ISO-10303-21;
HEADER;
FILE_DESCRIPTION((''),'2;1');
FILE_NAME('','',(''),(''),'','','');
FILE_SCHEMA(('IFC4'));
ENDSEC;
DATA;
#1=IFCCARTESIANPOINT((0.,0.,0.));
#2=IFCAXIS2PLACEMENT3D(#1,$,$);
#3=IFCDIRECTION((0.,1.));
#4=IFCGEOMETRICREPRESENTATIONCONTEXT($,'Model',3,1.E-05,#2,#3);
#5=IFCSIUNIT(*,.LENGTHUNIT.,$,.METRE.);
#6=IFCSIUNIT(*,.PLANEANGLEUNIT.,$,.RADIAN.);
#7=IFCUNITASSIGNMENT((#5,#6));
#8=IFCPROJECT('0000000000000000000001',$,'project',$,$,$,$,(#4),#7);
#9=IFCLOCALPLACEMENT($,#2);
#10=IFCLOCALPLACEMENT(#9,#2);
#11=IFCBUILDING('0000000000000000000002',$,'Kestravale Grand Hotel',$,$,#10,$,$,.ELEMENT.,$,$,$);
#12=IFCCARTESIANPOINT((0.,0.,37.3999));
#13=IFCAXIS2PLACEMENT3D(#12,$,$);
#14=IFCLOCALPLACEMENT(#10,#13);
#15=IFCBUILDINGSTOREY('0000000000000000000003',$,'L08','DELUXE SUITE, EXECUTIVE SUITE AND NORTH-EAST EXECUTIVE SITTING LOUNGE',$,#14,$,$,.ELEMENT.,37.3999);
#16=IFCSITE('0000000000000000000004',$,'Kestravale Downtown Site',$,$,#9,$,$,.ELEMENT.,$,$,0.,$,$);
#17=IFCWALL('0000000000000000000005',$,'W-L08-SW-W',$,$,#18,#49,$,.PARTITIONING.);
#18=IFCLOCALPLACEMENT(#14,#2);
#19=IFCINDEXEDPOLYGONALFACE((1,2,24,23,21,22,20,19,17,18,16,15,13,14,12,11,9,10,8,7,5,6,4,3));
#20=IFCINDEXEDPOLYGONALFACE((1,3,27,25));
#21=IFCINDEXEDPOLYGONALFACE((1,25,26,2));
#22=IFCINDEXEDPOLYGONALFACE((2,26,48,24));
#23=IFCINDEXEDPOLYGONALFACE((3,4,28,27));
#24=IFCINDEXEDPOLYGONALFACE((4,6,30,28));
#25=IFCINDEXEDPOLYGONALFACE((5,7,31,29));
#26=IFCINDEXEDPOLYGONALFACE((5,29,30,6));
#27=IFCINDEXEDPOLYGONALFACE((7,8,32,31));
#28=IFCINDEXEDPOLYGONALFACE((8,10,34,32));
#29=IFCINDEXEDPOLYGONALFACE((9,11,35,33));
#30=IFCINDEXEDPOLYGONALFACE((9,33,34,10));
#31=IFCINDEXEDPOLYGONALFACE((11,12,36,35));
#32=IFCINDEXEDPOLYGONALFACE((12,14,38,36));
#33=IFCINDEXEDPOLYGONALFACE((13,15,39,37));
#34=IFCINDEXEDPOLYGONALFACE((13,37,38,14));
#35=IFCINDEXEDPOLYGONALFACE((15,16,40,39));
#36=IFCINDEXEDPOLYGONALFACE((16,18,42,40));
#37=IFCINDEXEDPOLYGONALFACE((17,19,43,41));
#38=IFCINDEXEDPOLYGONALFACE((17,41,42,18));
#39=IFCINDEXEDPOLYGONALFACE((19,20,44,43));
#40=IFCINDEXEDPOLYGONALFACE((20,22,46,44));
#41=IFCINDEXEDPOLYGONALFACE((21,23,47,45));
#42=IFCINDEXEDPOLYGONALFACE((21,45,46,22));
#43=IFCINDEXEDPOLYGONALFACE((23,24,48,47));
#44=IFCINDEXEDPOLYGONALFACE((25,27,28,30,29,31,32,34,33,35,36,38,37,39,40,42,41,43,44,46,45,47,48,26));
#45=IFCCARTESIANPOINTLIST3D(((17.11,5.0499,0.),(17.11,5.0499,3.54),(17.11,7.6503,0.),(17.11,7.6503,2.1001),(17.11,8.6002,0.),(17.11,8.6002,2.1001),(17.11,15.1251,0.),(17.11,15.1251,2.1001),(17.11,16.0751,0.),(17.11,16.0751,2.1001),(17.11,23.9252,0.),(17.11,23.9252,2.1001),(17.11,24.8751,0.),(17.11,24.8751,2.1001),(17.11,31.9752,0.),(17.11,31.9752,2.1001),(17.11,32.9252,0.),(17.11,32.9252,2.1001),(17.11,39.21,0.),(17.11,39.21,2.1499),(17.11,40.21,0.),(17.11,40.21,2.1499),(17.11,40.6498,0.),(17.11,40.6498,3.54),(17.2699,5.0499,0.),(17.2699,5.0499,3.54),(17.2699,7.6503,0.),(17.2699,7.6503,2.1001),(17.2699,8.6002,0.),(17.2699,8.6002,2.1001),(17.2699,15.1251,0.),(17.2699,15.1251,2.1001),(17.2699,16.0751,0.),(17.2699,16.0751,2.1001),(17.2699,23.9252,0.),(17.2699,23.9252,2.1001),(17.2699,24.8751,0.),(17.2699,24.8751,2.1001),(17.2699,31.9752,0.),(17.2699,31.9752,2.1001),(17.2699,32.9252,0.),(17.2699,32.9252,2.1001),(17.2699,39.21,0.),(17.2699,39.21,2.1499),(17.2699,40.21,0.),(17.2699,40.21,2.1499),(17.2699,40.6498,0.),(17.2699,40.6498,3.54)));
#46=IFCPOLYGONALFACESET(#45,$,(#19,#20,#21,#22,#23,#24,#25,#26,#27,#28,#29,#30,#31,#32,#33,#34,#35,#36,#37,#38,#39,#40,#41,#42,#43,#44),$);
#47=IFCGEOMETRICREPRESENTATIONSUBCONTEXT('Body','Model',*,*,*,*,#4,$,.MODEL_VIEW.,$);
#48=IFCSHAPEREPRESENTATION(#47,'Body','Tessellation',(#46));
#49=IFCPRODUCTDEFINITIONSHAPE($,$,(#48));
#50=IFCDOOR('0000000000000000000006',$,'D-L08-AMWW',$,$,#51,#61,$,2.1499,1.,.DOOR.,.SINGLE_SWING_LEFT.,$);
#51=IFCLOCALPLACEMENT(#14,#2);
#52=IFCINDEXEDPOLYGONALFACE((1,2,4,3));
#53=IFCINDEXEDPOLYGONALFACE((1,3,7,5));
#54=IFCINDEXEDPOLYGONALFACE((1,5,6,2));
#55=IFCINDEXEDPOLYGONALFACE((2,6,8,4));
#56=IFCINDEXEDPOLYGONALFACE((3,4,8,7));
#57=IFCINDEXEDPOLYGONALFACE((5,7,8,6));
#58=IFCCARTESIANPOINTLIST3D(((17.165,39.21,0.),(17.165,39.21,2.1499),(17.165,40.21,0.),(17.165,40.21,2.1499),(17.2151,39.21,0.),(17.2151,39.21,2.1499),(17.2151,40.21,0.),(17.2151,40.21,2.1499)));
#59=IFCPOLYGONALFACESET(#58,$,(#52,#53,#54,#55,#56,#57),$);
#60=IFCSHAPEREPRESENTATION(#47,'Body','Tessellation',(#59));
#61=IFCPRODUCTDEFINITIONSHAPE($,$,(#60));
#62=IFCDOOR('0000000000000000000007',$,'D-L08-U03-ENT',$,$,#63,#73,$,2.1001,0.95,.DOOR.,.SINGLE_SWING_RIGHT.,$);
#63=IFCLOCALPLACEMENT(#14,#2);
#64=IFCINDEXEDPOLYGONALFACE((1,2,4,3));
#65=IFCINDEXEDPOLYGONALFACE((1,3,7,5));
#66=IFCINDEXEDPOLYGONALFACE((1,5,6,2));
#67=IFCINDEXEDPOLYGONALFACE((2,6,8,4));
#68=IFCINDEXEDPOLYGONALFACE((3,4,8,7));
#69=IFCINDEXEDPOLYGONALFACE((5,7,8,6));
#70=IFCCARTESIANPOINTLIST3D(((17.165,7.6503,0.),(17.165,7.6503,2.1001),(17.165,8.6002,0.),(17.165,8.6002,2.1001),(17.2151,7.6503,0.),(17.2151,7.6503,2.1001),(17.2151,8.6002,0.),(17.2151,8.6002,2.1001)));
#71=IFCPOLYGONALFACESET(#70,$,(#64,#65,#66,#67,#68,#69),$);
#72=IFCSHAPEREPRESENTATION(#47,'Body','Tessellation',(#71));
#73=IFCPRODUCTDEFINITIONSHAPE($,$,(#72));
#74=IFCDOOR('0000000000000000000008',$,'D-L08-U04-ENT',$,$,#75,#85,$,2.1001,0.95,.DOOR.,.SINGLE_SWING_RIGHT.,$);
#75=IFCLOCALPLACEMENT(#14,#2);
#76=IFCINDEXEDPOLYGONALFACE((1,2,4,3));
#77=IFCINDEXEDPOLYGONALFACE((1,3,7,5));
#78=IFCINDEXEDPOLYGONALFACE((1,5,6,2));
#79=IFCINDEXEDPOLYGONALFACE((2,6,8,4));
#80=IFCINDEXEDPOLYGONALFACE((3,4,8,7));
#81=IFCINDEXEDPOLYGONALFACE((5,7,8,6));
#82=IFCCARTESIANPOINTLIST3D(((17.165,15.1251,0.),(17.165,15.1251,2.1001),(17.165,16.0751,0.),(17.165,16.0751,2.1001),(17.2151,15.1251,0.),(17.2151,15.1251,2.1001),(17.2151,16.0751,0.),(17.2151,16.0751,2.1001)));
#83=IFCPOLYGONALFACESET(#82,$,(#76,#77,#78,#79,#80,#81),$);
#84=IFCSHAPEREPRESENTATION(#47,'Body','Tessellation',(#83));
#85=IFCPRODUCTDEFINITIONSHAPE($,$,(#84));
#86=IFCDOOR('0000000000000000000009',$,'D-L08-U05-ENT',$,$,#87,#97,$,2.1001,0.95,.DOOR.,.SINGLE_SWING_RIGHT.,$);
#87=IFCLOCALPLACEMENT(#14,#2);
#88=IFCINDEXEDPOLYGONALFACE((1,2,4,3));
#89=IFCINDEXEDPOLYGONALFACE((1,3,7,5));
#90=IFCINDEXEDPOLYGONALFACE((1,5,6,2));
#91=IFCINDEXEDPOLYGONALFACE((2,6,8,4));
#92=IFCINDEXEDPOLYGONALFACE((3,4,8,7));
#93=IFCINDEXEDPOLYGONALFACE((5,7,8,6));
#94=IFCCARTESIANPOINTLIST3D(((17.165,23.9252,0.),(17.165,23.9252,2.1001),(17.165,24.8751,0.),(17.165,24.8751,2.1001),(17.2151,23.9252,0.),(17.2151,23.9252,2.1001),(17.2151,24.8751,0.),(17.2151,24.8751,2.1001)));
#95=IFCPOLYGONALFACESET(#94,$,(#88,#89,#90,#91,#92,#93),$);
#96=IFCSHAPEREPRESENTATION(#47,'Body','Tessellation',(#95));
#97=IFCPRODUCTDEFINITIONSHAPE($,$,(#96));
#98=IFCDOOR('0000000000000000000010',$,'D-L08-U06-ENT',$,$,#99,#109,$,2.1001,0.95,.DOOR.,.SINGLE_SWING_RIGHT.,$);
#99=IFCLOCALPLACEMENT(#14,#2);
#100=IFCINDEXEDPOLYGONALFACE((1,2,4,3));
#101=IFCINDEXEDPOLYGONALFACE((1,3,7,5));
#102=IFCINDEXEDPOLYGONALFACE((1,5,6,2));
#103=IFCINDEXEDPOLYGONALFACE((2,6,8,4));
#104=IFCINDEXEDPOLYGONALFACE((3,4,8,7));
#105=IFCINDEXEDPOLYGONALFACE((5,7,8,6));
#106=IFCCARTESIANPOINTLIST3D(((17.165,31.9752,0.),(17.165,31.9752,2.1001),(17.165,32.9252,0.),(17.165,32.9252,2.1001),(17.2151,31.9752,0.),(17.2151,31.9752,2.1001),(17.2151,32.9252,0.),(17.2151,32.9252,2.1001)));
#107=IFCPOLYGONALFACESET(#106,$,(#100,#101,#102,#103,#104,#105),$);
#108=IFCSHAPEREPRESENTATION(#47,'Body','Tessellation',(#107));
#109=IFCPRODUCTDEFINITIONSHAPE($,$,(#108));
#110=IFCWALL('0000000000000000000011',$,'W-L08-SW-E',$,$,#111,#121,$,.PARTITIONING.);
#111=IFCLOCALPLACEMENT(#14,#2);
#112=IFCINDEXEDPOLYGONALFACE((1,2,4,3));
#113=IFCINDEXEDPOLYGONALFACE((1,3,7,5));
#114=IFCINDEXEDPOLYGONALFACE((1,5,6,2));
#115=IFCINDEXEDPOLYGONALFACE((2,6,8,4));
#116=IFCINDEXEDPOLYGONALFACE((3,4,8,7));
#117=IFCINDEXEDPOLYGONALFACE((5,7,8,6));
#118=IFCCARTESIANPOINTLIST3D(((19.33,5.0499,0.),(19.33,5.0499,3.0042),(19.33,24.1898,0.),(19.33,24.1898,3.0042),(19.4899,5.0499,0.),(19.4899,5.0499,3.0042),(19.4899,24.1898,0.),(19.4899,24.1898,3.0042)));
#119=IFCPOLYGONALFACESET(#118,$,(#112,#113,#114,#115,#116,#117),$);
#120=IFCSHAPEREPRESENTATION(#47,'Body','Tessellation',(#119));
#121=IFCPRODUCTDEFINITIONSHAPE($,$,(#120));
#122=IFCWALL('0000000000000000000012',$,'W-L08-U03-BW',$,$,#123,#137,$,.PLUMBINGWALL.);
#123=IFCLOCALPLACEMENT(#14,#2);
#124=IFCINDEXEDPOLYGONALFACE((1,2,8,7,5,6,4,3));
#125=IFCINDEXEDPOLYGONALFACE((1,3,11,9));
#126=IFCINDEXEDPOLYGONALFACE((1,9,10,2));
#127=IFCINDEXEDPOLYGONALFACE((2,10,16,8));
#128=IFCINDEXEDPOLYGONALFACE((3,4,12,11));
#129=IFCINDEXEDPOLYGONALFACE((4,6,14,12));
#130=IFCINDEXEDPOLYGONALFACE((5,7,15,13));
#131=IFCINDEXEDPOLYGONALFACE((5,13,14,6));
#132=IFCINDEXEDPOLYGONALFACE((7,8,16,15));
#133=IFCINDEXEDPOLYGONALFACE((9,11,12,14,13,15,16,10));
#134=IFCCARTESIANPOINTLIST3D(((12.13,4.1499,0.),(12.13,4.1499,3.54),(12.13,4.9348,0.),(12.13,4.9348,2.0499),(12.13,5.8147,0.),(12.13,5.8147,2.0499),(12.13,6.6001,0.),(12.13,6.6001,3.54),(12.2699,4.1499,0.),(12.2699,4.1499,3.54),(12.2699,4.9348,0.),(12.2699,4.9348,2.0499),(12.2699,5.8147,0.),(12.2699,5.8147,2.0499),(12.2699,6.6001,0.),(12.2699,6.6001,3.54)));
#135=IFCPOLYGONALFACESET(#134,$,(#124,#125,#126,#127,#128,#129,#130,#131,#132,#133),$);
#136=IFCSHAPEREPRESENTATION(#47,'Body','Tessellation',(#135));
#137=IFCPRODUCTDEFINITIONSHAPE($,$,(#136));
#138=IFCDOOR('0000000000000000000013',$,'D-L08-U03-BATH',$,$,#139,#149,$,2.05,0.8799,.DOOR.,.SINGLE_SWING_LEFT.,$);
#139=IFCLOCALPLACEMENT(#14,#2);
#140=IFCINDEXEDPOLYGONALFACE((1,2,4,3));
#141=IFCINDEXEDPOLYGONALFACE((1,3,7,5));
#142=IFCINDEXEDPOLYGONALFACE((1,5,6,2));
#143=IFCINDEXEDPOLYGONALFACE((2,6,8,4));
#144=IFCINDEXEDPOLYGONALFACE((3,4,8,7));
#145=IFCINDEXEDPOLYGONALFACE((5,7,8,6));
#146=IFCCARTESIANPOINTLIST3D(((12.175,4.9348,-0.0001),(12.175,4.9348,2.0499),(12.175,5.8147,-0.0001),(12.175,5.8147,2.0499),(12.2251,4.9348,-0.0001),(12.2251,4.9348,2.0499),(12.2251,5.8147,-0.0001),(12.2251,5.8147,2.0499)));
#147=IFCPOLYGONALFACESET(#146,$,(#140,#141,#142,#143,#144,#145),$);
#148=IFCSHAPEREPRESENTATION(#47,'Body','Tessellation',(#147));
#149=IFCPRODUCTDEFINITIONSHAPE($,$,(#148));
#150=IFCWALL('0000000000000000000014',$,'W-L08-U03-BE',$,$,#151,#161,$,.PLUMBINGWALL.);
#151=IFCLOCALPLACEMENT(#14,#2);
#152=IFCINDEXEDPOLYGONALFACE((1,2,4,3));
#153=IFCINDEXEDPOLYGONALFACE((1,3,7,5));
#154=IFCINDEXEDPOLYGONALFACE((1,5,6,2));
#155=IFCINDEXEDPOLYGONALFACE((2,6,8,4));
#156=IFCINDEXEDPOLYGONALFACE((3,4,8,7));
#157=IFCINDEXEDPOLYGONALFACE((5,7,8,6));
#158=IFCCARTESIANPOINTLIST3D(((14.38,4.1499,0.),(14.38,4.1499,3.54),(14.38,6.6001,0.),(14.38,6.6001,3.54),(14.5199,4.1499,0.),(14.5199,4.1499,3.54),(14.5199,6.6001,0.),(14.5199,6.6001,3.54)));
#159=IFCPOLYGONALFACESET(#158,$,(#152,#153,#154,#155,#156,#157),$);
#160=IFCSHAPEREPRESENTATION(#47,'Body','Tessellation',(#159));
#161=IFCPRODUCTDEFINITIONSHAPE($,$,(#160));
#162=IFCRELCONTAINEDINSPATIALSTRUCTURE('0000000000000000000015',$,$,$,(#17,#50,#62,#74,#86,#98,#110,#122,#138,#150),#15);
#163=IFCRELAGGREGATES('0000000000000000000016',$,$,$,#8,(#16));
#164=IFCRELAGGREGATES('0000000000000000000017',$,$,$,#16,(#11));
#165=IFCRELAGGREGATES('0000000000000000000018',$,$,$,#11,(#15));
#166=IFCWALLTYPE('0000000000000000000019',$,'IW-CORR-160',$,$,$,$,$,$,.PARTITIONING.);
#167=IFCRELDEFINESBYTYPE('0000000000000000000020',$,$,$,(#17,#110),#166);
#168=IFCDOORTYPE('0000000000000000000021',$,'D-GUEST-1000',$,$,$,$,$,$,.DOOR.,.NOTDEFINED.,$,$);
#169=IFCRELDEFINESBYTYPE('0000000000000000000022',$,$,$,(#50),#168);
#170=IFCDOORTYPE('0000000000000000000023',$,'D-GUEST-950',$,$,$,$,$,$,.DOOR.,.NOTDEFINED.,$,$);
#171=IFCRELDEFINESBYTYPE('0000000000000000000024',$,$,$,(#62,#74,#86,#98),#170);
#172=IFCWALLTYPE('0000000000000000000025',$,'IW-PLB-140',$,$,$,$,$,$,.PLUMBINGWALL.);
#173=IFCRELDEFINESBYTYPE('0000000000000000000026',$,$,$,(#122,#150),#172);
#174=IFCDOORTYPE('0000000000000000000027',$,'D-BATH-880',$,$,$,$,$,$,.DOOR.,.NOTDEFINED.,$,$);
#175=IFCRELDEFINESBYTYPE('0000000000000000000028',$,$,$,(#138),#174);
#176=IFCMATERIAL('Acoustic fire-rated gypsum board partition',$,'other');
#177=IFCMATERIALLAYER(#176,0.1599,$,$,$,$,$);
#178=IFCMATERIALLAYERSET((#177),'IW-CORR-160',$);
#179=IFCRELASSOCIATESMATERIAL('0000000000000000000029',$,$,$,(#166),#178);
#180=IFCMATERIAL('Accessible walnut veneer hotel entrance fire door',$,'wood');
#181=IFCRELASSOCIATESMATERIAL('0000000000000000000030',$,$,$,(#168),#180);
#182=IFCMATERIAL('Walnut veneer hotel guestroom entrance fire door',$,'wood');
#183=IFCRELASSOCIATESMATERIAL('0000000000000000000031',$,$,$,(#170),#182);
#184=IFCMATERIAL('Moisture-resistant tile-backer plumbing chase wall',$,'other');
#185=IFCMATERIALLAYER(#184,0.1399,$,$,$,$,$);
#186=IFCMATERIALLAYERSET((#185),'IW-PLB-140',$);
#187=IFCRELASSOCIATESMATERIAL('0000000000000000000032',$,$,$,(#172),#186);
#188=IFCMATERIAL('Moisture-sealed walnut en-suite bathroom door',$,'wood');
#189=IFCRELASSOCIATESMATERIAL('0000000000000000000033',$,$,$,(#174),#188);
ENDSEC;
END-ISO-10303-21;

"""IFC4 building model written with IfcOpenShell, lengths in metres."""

from ifc_helpers import new_model, si_unit, direction, frame, frame_2d, origin, place, context, subcontext, project, spatial, rectangle, extrude, material, layer, layer_set, type_object, element, fill, save


model = new_model("IFC4")

# Units and contexts
model_context = context("Model", 3, precision=1e-05, world=origin(), true_north=direction((0.0, 1.0)))
body_context = subcontext(model_context, "Body", "Model", "MODEL_VIEW")
ifc_project = project(units=[si_unit("LENGTHUNIT", "METRE"), si_unit("PLANEANGLEUNIT", "RADIAN")], contexts=[model_context])

# Site, building, storey
site_placement = place(None, origin())
site = spatial("IfcSite", under=ifc_project, at=site_placement, Name="Kestravale Downtown Site", CompositionType="ELEMENT", RefElevation=0.0)
building_placement = place(site_placement, origin())
building = spatial("IfcBuilding", under=site, at=building_placement, Name="Kestravale Grand Hotel", CompositionType="ELEMENT")
storey_placement = place(building_placement, frame((0.0, 0.0, 37.3999)))
storey = spatial("IfcBuildingStorey", under=building, at=storey_placement, Name="L08", Description="DELUXE SUITE, EXECUTIVE SUITE AND NORTH-EAST EXECUTIVE SITTING LOUNGE", CompositionType="ELEMENT", Elevation=37.3999)

# Wall, openings, doors
ifc_material_1 = material(Name="Acoustic fire-rated gypsum board partition", Category="other")
ifc_layer_1 = layer(ifc_material_1, 0.1599)
ifc_layer_set_1 = layer_set([ifc_layer_1], Name="IW-CORR-160")
wall_type_1 = type_object("IfcWallType", Name="IW-CORR-160", PredefinedType="PARTITIONING", material=ifc_layer_set_1)
wall_1_placement = place(storey_placement, frame((17.1899, 5.05, 0.0), z_axis=(0.0, 0.0, 1.0), x_axis=(0.0, 1.0, 0.0)))
wall_1 = element("IfcWall", 1, at=wall_1_placement, inside=storey, type_object=wall_type_1, Name="W-L08-SW-W", PredefinedType="PARTITIONING", context=body_context, shape_type="SweptSolid", body=[
    extrude(rectangle(XDim=35.5999, YDim=0.1599, at=frame_2d((17.7998, 0.0))), origin(), (0.0, 0.0, 1.0), 3.54),
])
opening_1_placement = place(wall_1_placement, frame((2.6001, 0.0, 0.0)))
opening_1 = element("IfcOpeningElement", 2, at=opening_1_placement, cuts=wall_1, PredefinedType="OPENING", context=body_context, shape_type="SweptSolid", body=[
    extrude(rectangle(XDim=0.95, YDim=2.1001, at=frame_2d((0.4751, 1.05))), frame((0.0, 0.0898, 0.0), z_axis=(0.0, -1.0, 0.0), x_axis=(1.0, 0.0, 0.0)), (0.0, 0.0, 1.0), 0.1799),
])
opening_2_placement = place(wall_1_placement, frame((10.075, 0.0, 0.0)))
opening_2 = element("IfcOpeningElement", 3, at=opening_2_placement, cuts=wall_1, PredefinedType="OPENING", context=body_context, shape_type="SweptSolid", body=[
    extrude(rectangle(XDim=0.95, YDim=2.1001, at=frame_2d((0.4751, 1.05))), frame((0.0, 0.0898, 0.0), z_axis=(0.0, -1.0, 0.0), x_axis=(1.0, 0.0, 0.0)), (0.0, 0.0, 1.0), 0.1799),
])
opening_3_placement = place(wall_1_placement, frame((18.875, 0.0, 0.0)))
opening_3 = element("IfcOpeningElement", 4, at=opening_3_placement, cuts=wall_1, PredefinedType="OPENING", context=body_context, shape_type="SweptSolid", body=[
    extrude(rectangle(XDim=0.95, YDim=2.1001, at=frame_2d((0.4751, 1.05))), frame((0.0, 0.0898, 0.0), z_axis=(0.0, -1.0, 0.0), x_axis=(1.0, 0.0, 0.0)), (0.0, 0.0, 1.0), 0.1799),
])
opening_4_placement = place(wall_1_placement, frame((26.925, 0.0, 0.0)))
opening_4 = element("IfcOpeningElement", 5, at=opening_4_placement, cuts=wall_1, PredefinedType="OPENING", context=body_context, shape_type="SweptSolid", body=[
    extrude(rectangle(XDim=0.95, YDim=2.1001, at=frame_2d((0.4751, 1.05))), frame((0.0, 0.0898, 0.0), z_axis=(0.0, -1.0, 0.0), x_axis=(1.0, 0.0, 0.0)), (0.0, 0.0, 1.0), 0.1799),
])
opening_5_placement = place(wall_1_placement, frame((34.1599, 0.0, 0.0)))
opening_5 = element("IfcOpeningElement", 6, at=opening_5_placement, cuts=wall_1, PredefinedType="OPENING", context=body_context, shape_type="SweptSolid", body=[
    extrude(rectangle(XDim=1.0, YDim=2.1499, at=frame_2d((0.5, 1.075))), frame((0.0, 0.0898, 0.0), z_axis=(0.0, -1.0, 0.0), x_axis=(1.0, 0.0, 0.0)), (0.0, 0.0, 1.0), 0.1799),
])
ifc_material_2 = material(Name="Accessible walnut veneer hotel entrance fire door", Category="wood")
door_type_1 = type_object("IfcDoorType", Name="D-GUEST-1000", OperationType="NOTDEFINED", PredefinedType="DOOR", material=ifc_material_2)
door_1_placement = place(opening_5_placement, origin())
door_1 = element("IfcDoor", 7, at=door_1_placement, inside=storey, type_object=door_type_1, Name="D-L08-AMWW", OperationType="SINGLE_SWING_LEFT", OverallHeight=2.1499, OverallWidth=1.0, PredefinedType="DOOR", context=body_context, shape_type="SweptSolid", body=[
    extrude(rectangle(XDim=1.0, YDim=2.1499, at=frame_2d((0.5, 1.075))), frame((0.0, 0.0249, 0.0), z_axis=(0.0, -1.0, 0.0), x_axis=(1.0, 0.0, 0.0)), (0.0, 0.0, 1.0), 0.05),
])
fill(opening_5, door_1)
ifc_material_3 = material(Name="Walnut veneer hotel guestroom entrance fire door", Category="wood")
door_type_2 = type_object("IfcDoorType", Name="D-GUEST-950", OperationType="NOTDEFINED", PredefinedType="DOOR", material=ifc_material_3)
door_2_placement = place(opening_1_placement, origin())
door_2 = element("IfcDoor", 8, at=door_2_placement, inside=storey, type_object=door_type_2, Name="D-L08-U03-ENT", OperationType="SINGLE_SWING_RIGHT", OverallHeight=2.1001, OverallWidth=0.95, PredefinedType="DOOR", context=body_context, shape_type="SweptSolid", body=[
    extrude(rectangle(XDim=0.95, YDim=2.1001, at=frame_2d((0.4751, 1.05))), frame((0.0, 0.0249, 0.0), z_axis=(0.0, -1.0, 0.0), x_axis=(1.0, 0.0, 0.0)), (0.0, 0.0, 1.0), 0.05),
])
fill(opening_1, door_2)
door_3_placement = place(opening_2_placement, origin())
door_3 = element("IfcDoor", 9, at=door_3_placement, inside=storey, type_object=door_type_2, Name="D-L08-U04-ENT", OperationType="SINGLE_SWING_RIGHT", OverallHeight=2.1001, OverallWidth=0.95, PredefinedType="DOOR", context=body_context, shape_type="SweptSolid", body=[
    extrude(rectangle(XDim=0.95, YDim=2.1001, at=frame_2d((0.4751, 1.05))), frame((0.0, 0.0249, 0.0), z_axis=(0.0, -1.0, 0.0), x_axis=(1.0, 0.0, 0.0)), (0.0, 0.0, 1.0), 0.05),
])
fill(opening_2, door_3)
door_4_placement = place(opening_3_placement, origin())
door_4 = element("IfcDoor", 10, at=door_4_placement, inside=storey, type_object=door_type_2, Name="D-L08-U05-ENT", OperationType="SINGLE_SWING_RIGHT", OverallHeight=2.1001, OverallWidth=0.95, PredefinedType="DOOR", context=body_context, shape_type="SweptSolid", body=[
    extrude(rectangle(XDim=0.95, YDim=2.1001, at=frame_2d((0.4751, 1.05))), frame((0.0, 0.0249, 0.0), z_axis=(0.0, -1.0, 0.0), x_axis=(1.0, 0.0, 0.0)), (0.0, 0.0, 1.0), 0.05),
])
fill(opening_3, door_4)
door_5_placement = place(opening_4_placement, origin())
door_5 = element("IfcDoor", 11, at=door_5_placement, inside=storey, type_object=door_type_2, Name="D-L08-U06-ENT", OperationType="SINGLE_SWING_RIGHT", OverallHeight=2.1001, OverallWidth=0.95, PredefinedType="DOOR", context=body_context, shape_type="SweptSolid", body=[
    extrude(rectangle(XDim=0.95, YDim=2.1001, at=frame_2d((0.4751, 1.05))), frame((0.0, 0.0249, 0.0), z_axis=(0.0, -1.0, 0.0), x_axis=(1.0, 0.0, 0.0)), (0.0, 0.0, 1.0), 0.05),
])
fill(opening_4, door_5)

# Wall
wall_2_placement = place(storey_placement, frame((19.4099, 5.05, 0.0), z_axis=(0.0, 0.0, 1.0), x_axis=(0.0, 1.0, 0.0)))
element("IfcWall", 12, at=wall_2_placement, inside=storey, type_object=wall_type_1, Name="W-L08-SW-E", PredefinedType="PARTITIONING", context=body_context, shape_type="SweptSolid", body=[
    extrude(rectangle(XDim=19.1399, YDim=0.1599, at=frame_2d((9.5698, 0.0))), origin(), (0.0, 0.0, 1.0), 3.0042),
])

# Wall, opening, door
ifc_material_4 = material(Name="Moisture-resistant tile-backer plumbing chase wall", Category="other")
ifc_layer_2 = layer(ifc_material_4, 0.1399)
ifc_layer_set_2 = layer_set([ifc_layer_2], Name="IW-PLB-140")
wall_type_2 = type_object("IfcWallType", Name="IW-PLB-140", PredefinedType="PLUMBINGWALL", material=ifc_layer_set_2)
wall_3_placement = place(storey_placement, frame((12.2, 4.1499, 0.0), z_axis=(0.0, 0.0, 1.0), x_axis=(0.0, 1.0, 0.0)))
wall_3 = element("IfcWall", 13, at=wall_3_placement, inside=storey, type_object=wall_type_2, Name="W-L08-U03-BW", PredefinedType="PLUMBINGWALL", context=body_context, shape_type="SweptSolid", body=[
    extrude(rectangle(XDim=2.4502, YDim=0.1399, at=frame_2d((1.2251, 0.0))), origin(), (0.0, 0.0, 1.0), 3.54),
])
opening_6_placement = place(wall_3_placement, frame((0.7849, 0.0, 0.0)))
opening_6 = element("IfcOpeningElement", 14, at=opening_6_placement, cuts=wall_3, PredefinedType="OPENING", context=body_context, shape_type="SweptSolid", body=[
    extrude(rectangle(XDim=0.8799, YDim=2.05, at=frame_2d((0.4399, 1.0249))), frame((0.0, 0.0798, 0.0), z_axis=(0.0, -1.0, 0.0), x_axis=(1.0, 0.0, 0.0)), (0.0, 0.0, 1.0), 0.1599),
])
ifc_material_5 = material(Name="Moisture-sealed walnut en-suite bathroom door", Category="wood")
door_type_3 = type_object("IfcDoorType", Name="D-BATH-880", OperationType="NOTDEFINED", PredefinedType="DOOR", material=ifc_material_5)
door_6_placement = place(opening_6_placement, origin())
door_6 = element("IfcDoor", 15, at=door_6_placement, inside=storey, type_object=door_type_3, Name="D-L08-U03-BATH", OperationType="SINGLE_SWING_LEFT", OverallHeight=2.05, OverallWidth=0.8799, PredefinedType="DOOR", context=body_context, shape_type="SweptSolid", body=[
    extrude(rectangle(XDim=0.8799, YDim=2.05, at=frame_2d((0.4399, 1.0249))), frame((0.0, 0.0249, 0.0), z_axis=(0.0, -1.0, 0.0), x_axis=(1.0, 0.0, 0.0)), (0.0, 0.0, 1.0), 0.05),
])
fill(opening_6, door_6)

# Wall
wall_4_placement = place(storey_placement, frame((14.45, 4.1499, 0.0), z_axis=(0.0, 0.0, 1.0), x_axis=(0.0, 1.0, 0.0)))
element("IfcWall", 16, at=wall_4_placement, inside=storey, type_object=wall_type_2, Name="W-L08-U03-BE", PredefinedType="PLUMBINGWALL", context=body_context, shape_type="SweptSolid", body=[
    extrude(rectangle(XDim=2.4502, YDim=0.1399, at=frame_2d((1.2251, 0.0))), origin(), (0.0, 0.0, 1.0), 3.54),
])

save(model, "model.ifc")
